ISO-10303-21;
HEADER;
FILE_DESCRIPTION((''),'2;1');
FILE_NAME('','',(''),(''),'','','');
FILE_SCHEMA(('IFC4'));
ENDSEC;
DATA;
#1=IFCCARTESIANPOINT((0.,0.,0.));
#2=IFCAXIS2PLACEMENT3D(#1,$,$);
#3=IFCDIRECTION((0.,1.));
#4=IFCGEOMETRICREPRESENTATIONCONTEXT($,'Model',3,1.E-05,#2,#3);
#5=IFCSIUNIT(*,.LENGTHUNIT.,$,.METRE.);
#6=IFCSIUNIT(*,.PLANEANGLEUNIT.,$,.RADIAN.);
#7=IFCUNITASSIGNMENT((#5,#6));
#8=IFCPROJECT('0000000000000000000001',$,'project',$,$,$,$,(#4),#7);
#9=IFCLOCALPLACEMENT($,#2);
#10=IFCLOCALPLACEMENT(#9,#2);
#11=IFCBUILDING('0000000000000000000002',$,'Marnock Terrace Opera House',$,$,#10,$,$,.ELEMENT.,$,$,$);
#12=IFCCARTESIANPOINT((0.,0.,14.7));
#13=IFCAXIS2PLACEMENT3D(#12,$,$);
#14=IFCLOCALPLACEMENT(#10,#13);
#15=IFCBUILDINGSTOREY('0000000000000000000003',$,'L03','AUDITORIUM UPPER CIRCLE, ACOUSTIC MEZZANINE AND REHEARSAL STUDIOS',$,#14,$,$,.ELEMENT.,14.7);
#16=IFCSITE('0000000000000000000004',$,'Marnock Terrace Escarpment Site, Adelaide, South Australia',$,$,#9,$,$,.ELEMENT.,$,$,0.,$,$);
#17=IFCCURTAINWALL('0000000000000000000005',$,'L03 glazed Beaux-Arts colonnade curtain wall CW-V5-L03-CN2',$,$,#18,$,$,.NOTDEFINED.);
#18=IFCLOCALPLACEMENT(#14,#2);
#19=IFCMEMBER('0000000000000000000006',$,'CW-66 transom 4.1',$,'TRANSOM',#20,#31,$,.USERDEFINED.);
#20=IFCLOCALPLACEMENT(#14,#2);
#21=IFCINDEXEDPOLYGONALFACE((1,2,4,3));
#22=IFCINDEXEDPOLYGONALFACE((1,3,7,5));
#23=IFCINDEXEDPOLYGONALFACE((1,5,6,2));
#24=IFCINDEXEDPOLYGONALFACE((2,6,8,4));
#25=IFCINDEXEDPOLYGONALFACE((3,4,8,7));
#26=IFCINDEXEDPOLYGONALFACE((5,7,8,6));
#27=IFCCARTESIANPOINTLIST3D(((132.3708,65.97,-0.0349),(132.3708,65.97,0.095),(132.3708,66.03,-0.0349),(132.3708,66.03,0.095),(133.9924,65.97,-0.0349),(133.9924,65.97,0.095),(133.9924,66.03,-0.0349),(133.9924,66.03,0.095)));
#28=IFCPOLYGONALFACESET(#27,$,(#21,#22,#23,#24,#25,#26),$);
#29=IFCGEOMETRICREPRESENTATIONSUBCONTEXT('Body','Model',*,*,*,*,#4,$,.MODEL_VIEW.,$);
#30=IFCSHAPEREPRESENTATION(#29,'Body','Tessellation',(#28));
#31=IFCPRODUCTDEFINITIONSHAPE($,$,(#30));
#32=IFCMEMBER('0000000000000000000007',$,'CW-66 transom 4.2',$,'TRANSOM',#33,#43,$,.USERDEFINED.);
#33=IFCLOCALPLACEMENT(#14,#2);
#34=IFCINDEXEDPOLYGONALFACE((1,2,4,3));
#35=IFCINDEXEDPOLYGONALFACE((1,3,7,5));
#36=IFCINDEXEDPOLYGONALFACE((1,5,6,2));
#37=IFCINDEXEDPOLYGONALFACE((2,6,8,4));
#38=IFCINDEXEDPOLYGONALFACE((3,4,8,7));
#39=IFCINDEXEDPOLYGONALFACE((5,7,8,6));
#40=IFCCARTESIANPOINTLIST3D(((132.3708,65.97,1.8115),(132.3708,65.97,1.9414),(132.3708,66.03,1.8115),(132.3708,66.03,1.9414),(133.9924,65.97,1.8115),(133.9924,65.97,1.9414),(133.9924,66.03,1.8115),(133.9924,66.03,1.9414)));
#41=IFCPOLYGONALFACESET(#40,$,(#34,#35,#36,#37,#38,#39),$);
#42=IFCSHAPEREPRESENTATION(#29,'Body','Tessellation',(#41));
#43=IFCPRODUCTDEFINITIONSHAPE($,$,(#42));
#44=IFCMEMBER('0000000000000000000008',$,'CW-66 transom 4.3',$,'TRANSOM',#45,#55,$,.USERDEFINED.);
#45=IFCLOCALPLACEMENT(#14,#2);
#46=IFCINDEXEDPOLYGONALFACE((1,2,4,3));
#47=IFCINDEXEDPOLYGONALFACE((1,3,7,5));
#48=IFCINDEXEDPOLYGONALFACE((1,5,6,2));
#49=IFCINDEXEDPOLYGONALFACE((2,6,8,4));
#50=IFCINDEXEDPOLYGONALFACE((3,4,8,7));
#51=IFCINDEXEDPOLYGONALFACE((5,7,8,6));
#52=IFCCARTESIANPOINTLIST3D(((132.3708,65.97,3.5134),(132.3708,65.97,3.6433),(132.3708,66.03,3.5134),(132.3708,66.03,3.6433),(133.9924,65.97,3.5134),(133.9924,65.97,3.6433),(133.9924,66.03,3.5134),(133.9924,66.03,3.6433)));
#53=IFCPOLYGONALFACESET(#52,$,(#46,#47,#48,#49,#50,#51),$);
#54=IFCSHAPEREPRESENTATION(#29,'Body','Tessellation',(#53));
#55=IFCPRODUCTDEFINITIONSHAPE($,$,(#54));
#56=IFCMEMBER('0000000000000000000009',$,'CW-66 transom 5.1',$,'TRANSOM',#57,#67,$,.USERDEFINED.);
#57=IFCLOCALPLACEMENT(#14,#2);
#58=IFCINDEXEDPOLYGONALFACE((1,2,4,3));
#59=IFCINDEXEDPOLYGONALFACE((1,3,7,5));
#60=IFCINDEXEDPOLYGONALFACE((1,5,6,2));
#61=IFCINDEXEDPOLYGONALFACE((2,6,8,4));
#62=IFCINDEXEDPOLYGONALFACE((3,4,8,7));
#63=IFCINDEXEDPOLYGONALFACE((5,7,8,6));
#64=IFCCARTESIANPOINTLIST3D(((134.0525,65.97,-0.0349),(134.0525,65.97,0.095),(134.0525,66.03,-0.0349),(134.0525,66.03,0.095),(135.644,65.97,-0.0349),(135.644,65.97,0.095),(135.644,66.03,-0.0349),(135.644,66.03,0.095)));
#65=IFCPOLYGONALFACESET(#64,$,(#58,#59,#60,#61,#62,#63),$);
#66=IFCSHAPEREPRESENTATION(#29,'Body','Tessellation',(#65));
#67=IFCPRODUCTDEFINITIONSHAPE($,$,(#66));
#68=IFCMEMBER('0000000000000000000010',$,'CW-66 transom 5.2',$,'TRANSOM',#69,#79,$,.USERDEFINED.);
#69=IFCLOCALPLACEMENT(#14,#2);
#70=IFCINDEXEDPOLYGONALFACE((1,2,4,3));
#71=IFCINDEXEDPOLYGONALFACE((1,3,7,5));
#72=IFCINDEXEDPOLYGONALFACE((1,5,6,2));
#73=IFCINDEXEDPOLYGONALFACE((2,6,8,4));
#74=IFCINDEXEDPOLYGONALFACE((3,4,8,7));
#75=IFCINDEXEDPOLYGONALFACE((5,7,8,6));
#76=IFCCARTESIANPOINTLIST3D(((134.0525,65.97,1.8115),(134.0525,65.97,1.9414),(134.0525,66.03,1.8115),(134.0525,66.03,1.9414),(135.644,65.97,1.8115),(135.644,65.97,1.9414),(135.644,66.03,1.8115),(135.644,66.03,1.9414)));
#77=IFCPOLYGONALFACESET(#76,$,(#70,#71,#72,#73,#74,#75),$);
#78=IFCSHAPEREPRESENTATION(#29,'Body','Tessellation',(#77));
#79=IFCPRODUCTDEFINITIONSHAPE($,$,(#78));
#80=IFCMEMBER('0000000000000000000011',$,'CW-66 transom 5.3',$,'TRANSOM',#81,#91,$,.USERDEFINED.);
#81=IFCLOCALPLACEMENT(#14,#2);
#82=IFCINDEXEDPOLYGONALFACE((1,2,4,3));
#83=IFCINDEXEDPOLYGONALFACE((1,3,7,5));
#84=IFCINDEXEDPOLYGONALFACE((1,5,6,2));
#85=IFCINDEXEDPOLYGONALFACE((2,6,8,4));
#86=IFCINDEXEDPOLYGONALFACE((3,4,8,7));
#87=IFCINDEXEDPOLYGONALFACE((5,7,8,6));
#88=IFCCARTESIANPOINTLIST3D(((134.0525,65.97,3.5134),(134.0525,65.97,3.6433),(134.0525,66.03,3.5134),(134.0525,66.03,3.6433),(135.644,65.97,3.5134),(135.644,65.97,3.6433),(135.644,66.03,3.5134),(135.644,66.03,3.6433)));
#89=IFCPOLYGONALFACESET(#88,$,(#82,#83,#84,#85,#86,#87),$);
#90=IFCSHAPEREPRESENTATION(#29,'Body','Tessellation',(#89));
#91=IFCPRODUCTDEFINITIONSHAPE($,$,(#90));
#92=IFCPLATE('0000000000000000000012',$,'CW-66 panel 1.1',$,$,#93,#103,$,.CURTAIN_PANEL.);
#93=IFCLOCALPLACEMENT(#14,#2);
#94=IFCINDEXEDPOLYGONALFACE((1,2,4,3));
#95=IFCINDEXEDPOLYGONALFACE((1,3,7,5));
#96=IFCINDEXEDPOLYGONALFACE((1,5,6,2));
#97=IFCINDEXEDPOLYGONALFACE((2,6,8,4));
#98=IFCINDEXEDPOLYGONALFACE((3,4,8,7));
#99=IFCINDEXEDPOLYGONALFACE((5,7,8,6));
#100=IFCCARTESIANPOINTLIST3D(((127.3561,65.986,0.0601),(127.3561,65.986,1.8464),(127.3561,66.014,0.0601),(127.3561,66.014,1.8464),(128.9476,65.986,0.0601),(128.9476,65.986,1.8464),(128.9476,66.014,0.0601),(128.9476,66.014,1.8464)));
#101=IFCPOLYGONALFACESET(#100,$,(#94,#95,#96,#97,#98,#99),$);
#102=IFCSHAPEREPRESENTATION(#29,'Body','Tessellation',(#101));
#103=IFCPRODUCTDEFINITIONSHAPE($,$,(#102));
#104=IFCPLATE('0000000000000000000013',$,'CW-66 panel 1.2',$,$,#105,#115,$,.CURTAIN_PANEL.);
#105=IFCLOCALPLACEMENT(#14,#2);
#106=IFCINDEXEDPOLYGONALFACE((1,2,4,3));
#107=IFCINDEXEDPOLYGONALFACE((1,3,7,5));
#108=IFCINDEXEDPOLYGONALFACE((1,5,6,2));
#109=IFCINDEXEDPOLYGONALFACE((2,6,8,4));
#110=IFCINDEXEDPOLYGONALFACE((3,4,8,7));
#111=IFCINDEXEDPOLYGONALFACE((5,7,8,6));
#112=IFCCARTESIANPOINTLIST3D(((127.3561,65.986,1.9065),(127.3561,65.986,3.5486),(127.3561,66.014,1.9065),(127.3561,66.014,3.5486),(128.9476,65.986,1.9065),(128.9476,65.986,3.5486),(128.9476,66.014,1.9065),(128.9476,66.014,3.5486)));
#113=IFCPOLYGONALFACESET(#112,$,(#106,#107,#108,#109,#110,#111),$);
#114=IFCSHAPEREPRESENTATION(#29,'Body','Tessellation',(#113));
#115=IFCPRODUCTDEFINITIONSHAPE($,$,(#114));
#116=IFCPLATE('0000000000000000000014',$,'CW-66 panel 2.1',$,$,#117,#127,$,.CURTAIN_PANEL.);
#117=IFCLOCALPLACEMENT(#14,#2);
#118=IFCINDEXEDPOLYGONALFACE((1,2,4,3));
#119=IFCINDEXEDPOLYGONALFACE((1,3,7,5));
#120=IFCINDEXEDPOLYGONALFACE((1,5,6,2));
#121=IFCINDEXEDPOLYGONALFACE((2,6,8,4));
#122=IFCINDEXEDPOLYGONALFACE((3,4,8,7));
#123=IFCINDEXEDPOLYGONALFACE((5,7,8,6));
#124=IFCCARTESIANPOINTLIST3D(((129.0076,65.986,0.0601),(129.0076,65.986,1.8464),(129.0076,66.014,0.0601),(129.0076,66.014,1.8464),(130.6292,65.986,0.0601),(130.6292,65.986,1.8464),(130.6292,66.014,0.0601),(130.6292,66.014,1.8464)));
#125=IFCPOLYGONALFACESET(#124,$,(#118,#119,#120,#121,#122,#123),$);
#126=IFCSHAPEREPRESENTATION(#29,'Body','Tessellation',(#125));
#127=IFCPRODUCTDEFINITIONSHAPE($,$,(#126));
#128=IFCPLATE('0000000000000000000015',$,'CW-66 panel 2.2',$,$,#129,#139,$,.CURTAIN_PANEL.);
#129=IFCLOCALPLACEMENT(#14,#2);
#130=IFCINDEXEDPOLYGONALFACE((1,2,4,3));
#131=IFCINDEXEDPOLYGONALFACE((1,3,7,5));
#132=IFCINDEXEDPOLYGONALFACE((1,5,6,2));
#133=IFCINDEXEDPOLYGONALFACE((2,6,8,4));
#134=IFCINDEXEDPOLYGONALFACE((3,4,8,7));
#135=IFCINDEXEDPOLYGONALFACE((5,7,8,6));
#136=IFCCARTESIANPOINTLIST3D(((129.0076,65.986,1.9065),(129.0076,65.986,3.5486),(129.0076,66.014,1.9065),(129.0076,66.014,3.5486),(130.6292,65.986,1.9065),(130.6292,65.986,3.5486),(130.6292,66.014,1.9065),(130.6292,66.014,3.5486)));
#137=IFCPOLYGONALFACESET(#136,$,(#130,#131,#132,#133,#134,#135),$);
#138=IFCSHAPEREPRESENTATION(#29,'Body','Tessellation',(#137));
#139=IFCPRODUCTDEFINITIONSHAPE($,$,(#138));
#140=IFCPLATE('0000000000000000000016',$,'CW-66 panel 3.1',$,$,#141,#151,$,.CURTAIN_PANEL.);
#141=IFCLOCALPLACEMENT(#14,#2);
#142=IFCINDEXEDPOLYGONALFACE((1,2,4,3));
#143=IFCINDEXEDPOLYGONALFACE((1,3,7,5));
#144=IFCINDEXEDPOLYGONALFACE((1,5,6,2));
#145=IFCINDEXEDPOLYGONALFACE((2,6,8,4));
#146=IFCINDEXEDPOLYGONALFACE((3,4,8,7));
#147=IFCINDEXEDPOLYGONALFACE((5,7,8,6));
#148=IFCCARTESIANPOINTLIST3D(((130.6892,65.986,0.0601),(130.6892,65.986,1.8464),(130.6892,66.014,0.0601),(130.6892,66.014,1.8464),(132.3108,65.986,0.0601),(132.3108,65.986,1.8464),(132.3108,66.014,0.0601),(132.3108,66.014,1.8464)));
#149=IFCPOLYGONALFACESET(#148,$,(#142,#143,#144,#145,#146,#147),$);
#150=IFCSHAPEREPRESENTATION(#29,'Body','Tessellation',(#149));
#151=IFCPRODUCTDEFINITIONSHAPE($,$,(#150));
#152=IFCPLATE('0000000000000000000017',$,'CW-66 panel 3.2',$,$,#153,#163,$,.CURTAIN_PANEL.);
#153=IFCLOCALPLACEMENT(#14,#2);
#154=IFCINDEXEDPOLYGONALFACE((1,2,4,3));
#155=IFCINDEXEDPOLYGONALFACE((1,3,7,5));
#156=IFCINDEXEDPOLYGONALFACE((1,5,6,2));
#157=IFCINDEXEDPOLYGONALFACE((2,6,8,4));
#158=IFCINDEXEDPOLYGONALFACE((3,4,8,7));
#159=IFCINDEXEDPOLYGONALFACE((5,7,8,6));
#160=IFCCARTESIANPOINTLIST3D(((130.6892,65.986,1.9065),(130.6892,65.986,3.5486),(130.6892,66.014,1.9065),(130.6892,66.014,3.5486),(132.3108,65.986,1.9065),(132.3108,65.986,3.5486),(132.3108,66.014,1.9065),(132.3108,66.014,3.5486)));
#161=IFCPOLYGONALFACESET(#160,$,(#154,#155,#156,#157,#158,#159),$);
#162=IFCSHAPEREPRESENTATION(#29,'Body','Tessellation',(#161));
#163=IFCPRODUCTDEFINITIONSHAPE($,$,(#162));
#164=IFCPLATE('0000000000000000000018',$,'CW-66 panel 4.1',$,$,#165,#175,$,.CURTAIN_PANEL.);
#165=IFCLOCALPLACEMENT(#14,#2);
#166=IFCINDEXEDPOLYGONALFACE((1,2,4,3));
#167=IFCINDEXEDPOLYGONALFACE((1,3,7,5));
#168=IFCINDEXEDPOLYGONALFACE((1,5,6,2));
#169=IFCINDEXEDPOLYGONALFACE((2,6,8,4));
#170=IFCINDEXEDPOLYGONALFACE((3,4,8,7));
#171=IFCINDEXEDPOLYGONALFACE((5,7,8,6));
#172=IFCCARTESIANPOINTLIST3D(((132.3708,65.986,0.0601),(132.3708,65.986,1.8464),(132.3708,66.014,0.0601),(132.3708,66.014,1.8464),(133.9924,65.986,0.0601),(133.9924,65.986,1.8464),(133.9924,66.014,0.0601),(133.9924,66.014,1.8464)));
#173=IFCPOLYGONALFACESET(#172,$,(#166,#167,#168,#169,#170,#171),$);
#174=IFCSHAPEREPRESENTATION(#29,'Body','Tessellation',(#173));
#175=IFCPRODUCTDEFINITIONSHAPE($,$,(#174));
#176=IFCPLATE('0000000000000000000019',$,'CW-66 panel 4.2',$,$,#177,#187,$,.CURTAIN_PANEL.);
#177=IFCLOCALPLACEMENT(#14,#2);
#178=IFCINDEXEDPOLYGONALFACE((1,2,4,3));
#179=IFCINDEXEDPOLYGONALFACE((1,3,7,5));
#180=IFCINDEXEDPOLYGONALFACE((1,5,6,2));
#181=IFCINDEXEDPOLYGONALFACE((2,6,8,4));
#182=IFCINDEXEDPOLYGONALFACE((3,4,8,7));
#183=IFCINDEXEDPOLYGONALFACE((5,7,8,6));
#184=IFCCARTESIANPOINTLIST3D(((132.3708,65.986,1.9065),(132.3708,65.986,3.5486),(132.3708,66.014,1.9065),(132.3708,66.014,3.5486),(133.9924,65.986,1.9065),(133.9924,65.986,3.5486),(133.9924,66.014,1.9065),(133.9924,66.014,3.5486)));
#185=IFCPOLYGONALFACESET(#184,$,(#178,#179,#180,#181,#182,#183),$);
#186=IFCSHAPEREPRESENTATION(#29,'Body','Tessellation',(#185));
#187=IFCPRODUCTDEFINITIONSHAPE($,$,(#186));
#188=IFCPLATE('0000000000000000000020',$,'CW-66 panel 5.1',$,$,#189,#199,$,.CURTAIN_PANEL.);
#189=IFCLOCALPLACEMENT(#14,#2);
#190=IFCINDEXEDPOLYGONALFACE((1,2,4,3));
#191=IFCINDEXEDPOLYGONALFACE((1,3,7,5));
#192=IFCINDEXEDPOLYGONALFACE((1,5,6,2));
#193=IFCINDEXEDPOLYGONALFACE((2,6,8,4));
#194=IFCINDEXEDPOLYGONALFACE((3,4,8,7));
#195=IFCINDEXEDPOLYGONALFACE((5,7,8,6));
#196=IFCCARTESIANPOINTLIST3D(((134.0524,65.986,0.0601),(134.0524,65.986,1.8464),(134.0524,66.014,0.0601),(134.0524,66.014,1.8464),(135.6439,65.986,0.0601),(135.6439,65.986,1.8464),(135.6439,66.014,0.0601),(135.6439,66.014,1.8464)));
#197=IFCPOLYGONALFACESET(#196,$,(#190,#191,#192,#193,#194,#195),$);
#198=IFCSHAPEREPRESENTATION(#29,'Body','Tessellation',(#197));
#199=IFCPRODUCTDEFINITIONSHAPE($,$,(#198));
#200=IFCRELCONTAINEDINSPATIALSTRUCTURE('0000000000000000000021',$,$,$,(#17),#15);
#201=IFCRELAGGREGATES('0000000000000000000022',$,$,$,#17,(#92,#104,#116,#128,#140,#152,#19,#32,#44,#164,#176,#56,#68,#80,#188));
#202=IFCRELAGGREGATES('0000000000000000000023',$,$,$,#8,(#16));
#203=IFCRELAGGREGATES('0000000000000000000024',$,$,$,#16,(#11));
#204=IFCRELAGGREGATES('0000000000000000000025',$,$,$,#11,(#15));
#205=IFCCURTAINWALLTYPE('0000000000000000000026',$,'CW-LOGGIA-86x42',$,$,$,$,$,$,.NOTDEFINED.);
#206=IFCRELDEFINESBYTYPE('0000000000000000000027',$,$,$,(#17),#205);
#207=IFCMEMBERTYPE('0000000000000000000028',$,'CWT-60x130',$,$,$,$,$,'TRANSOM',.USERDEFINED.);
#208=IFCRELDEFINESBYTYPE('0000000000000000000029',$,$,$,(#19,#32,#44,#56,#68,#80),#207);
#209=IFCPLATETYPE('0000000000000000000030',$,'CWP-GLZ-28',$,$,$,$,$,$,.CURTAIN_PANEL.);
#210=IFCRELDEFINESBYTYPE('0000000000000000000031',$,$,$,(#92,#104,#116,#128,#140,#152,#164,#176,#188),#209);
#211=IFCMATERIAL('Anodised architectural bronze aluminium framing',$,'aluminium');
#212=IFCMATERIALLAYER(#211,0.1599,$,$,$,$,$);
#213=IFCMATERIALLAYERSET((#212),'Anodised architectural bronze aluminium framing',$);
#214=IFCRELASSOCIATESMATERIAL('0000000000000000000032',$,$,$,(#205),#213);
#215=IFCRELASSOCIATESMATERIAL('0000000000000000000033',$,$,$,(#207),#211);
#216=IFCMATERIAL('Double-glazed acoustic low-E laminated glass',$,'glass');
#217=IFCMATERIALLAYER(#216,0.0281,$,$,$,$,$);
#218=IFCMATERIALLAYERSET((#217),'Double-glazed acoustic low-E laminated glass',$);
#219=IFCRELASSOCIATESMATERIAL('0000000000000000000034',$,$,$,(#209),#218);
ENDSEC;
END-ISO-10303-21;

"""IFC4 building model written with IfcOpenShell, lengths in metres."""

from ifc_helpers import new_model, si_unit, direction, frame, origin, origin_2d, place, context, subcontext, project, spatial, rectangle, extrude, material, layer, layer_set, material_profile, profile_set, type_object, element, aggregate, save


model = new_model("IFC4")

# Units and contexts
model_context = context("Model", 3, precision=1e-05, world=origin(), true_north=direction((0.0, 1.0)))
body_context = subcontext(model_context, "Body", "Model", "MODEL_VIEW")
ifc_project = project(units=[si_unit("LENGTHUNIT", "METRE"), si_unit("PLANEANGLEUNIT", "RADIAN")], contexts=[model_context])

# Site, building, storey
site_placement = place(None, origin())
site = spatial("IfcSite", under=ifc_project, at=site_placement, Name="Marnock Terrace Escarpment Site, Adelaide, South Australia", CompositionType="ELEMENT", RefElevation=0.0)
building_placement = place(site_placement, origin())
building = spatial("IfcBuilding", under=site, at=building_placement, Name="Marnock Terrace Opera House", CompositionType="ELEMENT")
storey_placement = place(building_placement, frame((0.0, 0.0, 14.7)))
storey = spatial("IfcBuildingStorey", under=building, at=storey_placement, Name="L03", Description="AUDITORIUM UPPER CIRCLE, ACOUSTIC MEZZANINE AND REHEARSAL STUDIOS", CompositionType="ELEMENT", Elevation=14.7)

# Curtain wall, members, plates
ifc_material_1 = material(Name="Anodised architectural bronze aluminium framing", Category="aluminium")
ifc_layer_1 = layer(ifc_material_1, 0.1599)
ifc_layer_set_1 = layer_set([ifc_layer_1], Name="Anodised architectural bronze aluminium framing")
curtain_wall_type = type_object("IfcCurtainWallType", Name="CW-LOGGIA-86x42", PredefinedType="NOTDEFINED", material=ifc_layer_set_1)
curtain_wall_placement = place(storey_placement, origin())
curtain_wall = element("IfcCurtainWall", 1, at=curtain_wall_placement, inside=storey, type_object=curtain_wall_type, Name="L03 glazed Beaux-Arts colonnade curtain wall CW-V5-L03-CN2", PredefinedType="NOTDEFINED")
ifc_material_profile_1 = material_profile(ifc_material_1, rectangle(XDim=0.0601, YDim=0.1299, at=origin_2d()))
ifc_profile_set_1 = profile_set([ifc_material_profile_1], Name="Anodised architectural bronze aluminium framing")
member_type_1 = type_object("IfcMemberType", Name="CWT-60x130", ElementType="TRANSOM", PredefinedType="USERDEFINED", material=ifc_profile_set_1)
member_1_placement = place(storey_placement, frame((132.3708, 66.0, 0.03), z_axis=(1.0, 0.0, 0.0), x_axis=(0.0, 1.0, 0.0)))
member_1 = element("IfcMember", 2, at=member_1_placement, type_object=member_type_1, Name="CW-66 transom 4.1", ObjectType="TRANSOM", PredefinedType="USERDEFINED", context=body_context, shape_type="SweptSolid", body=[
    extrude(rectangle(XDim=0.0601, YDim=0.1299, at=origin_2d()), origin(), (0.0, 0.0, 1.0), 1.6216),
])
member_2_placement = place(storey_placement, frame((132.3708, 66.0, 1.8765), z_axis=(1.0, 0.0, 0.0), x_axis=(0.0, 1.0, 0.0)))
member_2 = element("IfcMember", 3, at=member_2_placement, type_object=member_type_1, Name="CW-66 transom 4.2", ObjectType="TRANSOM", PredefinedType="USERDEFINED", context=body_context, shape_type="SweptSolid", body=[
    extrude(rectangle(XDim=0.0601, YDim=0.1299, at=origin_2d()), origin(), (0.0, 0.0, 1.0), 1.6216),
])
member_3_placement = place(storey_placement, frame((132.3708, 66.0, 3.5784), z_axis=(1.0, 0.0, 0.0), x_axis=(0.0, 1.0, 0.0)))
member_3 = element("IfcMember", 4, at=member_3_placement, type_object=member_type_1, Name="CW-66 transom 4.3", ObjectType="TRANSOM", PredefinedType="USERDEFINED", context=body_context, shape_type="SweptSolid", body=[
    extrude(rectangle(XDim=0.0601, YDim=0.1299, at=origin_2d()), origin(), (0.0, 0.0, 1.0), 1.6216),
])
member_4_placement = place(storey_placement, frame((134.0525, 66.0, 0.03), z_axis=(1.0, 0.0, 0.0), x_axis=(0.0, 1.0, 0.0)))
member_4 = element("IfcMember", 5, at=member_4_placement, type_object=member_type_1, Name="CW-66 transom 5.1", ObjectType="TRANSOM", PredefinedType="USERDEFINED", context=body_context, shape_type="SweptSolid", body=[
    extrude(rectangle(XDim=0.0601, YDim=0.1299, at=origin_2d()), origin(), (0.0, 0.0, 1.0), 1.5916),
])
member_5_placement = place(storey_placement, frame((134.0525, 66.0, 1.8765), z_axis=(1.0, 0.0, 0.0), x_axis=(0.0, 1.0, 0.0)))
member_5 = element("IfcMember", 6, at=member_5_placement, type_object=member_type_1, Name="CW-66 transom 5.2", ObjectType="TRANSOM", PredefinedType="USERDEFINED", context=body_context, shape_type="SweptSolid", body=[
    extrude(rectangle(XDim=0.0601, YDim=0.1299, at=origin_2d()), origin(), (0.0, 0.0, 1.0), 1.5916),
])
member_6_placement = place(storey_placement, frame((134.0525, 66.0, 3.5784), z_axis=(1.0, 0.0, 0.0), x_axis=(0.0, 1.0, 0.0)))
member_6 = element("IfcMember", 7, at=member_6_placement, type_object=member_type_1, Name="CW-66 transom 5.3", ObjectType="TRANSOM", PredefinedType="USERDEFINED", context=body_context, shape_type="SweptSolid", body=[
    extrude(rectangle(XDim=0.0601, YDim=0.1299, at=origin_2d()), origin(), (0.0, 0.0, 1.0), 1.5916),
])
ifc_material_2 = material(Name="Double-glazed acoustic low-E laminated glass", Category="glass")
ifc_layer_2 = layer(ifc_material_2, 0.0281)
ifc_layer_set_2 = layer_set([ifc_layer_2], Name="Double-glazed acoustic low-E laminated glass")
plate_type = type_object("IfcPlateType", Name="CWP-GLZ-28", PredefinedType="CURTAIN_PANEL", material=ifc_layer_set_2)
plate_1_placement = place(storey_placement, frame((128.1519, 66.0, 0.0601), z_axis=(0.0, 0.0, 1.0), x_axis=(1.0, 0.0, 0.0)))
plate_1 = element("IfcPlate", 8, at=plate_1_placement, type_object=plate_type, Name="CW-66 panel 1.1", PredefinedType="CURTAIN_PANEL", context=body_context, shape_type="SweptSolid", body=[
    extrude(rectangle(XDim=1.5916, YDim=0.0281, at=origin_2d()), origin(), (0.0, 0.0, 1.0), 1.7864),
])
plate_2_placement = place(storey_placement, frame((128.1519, 66.0, 1.9065), z_axis=(0.0, 0.0, 1.0), x_axis=(1.0, 0.0, 0.0)))
plate_2 = element("IfcPlate", 9, at=plate_2_placement, type_object=plate_type, Name="CW-66 panel 1.2", PredefinedType="CURTAIN_PANEL", context=body_context, shape_type="SweptSolid", body=[
    extrude(rectangle(XDim=1.5916, YDim=0.0281, at=origin_2d()), origin(), (0.0, 0.0, 1.0), 1.6421),
])
plate_3_placement = place(storey_placement, frame((129.8184, 66.0, 0.0601), z_axis=(0.0, 0.0, 1.0), x_axis=(1.0, 0.0, 0.0)))
plate_3 = element("IfcPlate", 10, at=plate_3_placement, type_object=plate_type, Name="CW-66 panel 2.1", PredefinedType="CURTAIN_PANEL", context=body_context, shape_type="SweptSolid", body=[
    extrude(rectangle(XDim=1.6216, YDim=0.0281, at=origin_2d()), origin(), (0.0, 0.0, 1.0), 1.7864),
])
plate_4_placement = place(storey_placement, frame((129.8184, 66.0, 1.9065), z_axis=(0.0, 0.0, 1.0), x_axis=(1.0, 0.0, 0.0)))
plate_4 = element("IfcPlate", 11, at=plate_4_placement, type_object=plate_type, Name="CW-66 panel 2.2", PredefinedType="CURTAIN_PANEL", context=body_context, shape_type="SweptSolid", body=[
    extrude(rectangle(XDim=1.6216, YDim=0.0281, at=origin_2d()), origin(), (0.0, 0.0, 1.0), 1.6421),
])
plate_5_placement = place(storey_placement, frame((131.5, 66.0, 0.0601), z_axis=(0.0, 0.0, 1.0), x_axis=(1.0, 0.0, 0.0)))
plate_5 = element("IfcPlate", 12, at=plate_5_placement, type_object=plate_type, Name="CW-66 panel 3.1", PredefinedType="CURTAIN_PANEL", context=body_context, shape_type="SweptSolid", body=[
    extrude(rectangle(XDim=1.6216, YDim=0.0281, at=origin_2d()), origin(), (0.0, 0.0, 1.0), 1.7864),
])
plate_6_placement = place(storey_placement, frame((131.5, 66.0, 1.9065), z_axis=(0.0, 0.0, 1.0), x_axis=(1.0, 0.0, 0.0)))
plate_6 = element("IfcPlate", 13, at=plate_6_placement, type_object=plate_type, Name="CW-66 panel 3.2", PredefinedType="CURTAIN_PANEL", context=body_context, shape_type="SweptSolid", body=[
    extrude(rectangle(XDim=1.6216, YDim=0.0281, at=origin_2d()), origin(), (0.0, 0.0, 1.0), 1.6421),
])
plate_7_placement = place(storey_placement, frame((133.1816, 66.0, 0.0601), z_axis=(0.0, 0.0, 1.0), x_axis=(1.0, 0.0, 0.0)))
plate_7 = element("IfcPlate", 14, at=plate_7_placement, type_object=plate_type, Name="CW-66 panel 4.1", PredefinedType="CURTAIN_PANEL", context=body_context, shape_type="SweptSolid", body=[
    extrude(rectangle(XDim=1.6216, YDim=0.0281, at=origin_2d()), origin(), (0.0, 0.0, 1.0), 1.7864),
])
plate_8_placement = place(storey_placement, frame((133.1816, 66.0, 1.9065), z_axis=(0.0, 0.0, 1.0), x_axis=(1.0, 0.0, 0.0)))
plate_8 = element("IfcPlate", 15, at=plate_8_placement, type_object=plate_type, Name="CW-66 panel 4.2", PredefinedType="CURTAIN_PANEL", context=body_context, shape_type="SweptSolid", body=[
    extrude(rectangle(XDim=1.6216, YDim=0.0281, at=origin_2d()), origin(), (0.0, 0.0, 1.0), 1.6421),
])
plate_9_placement = place(storey_placement, frame((134.8481, 66.0, 0.0601), z_axis=(0.0, 0.0, 1.0), x_axis=(1.0, 0.0, 0.0)))
plate_9 = element("IfcPlate", 16, at=plate_9_placement, type_object=plate_type, Name="CW-66 panel 5.1", PredefinedType="CURTAIN_PANEL", context=body_context, shape_type="SweptSolid", body=[
    extrude(rectangle(XDim=1.5916, YDim=0.0281, at=origin_2d()), origin(), (0.0, 0.0, 1.0), 1.7864),
])
aggregate(curtain_wall, [plate_1, plate_2, plate_3, plate_4, plate_5, plate_6, member_1, member_2, member_3, plate_7, plate_8, member_4, member_5, member_6, plate_9])

save(model, "model.ifc")
